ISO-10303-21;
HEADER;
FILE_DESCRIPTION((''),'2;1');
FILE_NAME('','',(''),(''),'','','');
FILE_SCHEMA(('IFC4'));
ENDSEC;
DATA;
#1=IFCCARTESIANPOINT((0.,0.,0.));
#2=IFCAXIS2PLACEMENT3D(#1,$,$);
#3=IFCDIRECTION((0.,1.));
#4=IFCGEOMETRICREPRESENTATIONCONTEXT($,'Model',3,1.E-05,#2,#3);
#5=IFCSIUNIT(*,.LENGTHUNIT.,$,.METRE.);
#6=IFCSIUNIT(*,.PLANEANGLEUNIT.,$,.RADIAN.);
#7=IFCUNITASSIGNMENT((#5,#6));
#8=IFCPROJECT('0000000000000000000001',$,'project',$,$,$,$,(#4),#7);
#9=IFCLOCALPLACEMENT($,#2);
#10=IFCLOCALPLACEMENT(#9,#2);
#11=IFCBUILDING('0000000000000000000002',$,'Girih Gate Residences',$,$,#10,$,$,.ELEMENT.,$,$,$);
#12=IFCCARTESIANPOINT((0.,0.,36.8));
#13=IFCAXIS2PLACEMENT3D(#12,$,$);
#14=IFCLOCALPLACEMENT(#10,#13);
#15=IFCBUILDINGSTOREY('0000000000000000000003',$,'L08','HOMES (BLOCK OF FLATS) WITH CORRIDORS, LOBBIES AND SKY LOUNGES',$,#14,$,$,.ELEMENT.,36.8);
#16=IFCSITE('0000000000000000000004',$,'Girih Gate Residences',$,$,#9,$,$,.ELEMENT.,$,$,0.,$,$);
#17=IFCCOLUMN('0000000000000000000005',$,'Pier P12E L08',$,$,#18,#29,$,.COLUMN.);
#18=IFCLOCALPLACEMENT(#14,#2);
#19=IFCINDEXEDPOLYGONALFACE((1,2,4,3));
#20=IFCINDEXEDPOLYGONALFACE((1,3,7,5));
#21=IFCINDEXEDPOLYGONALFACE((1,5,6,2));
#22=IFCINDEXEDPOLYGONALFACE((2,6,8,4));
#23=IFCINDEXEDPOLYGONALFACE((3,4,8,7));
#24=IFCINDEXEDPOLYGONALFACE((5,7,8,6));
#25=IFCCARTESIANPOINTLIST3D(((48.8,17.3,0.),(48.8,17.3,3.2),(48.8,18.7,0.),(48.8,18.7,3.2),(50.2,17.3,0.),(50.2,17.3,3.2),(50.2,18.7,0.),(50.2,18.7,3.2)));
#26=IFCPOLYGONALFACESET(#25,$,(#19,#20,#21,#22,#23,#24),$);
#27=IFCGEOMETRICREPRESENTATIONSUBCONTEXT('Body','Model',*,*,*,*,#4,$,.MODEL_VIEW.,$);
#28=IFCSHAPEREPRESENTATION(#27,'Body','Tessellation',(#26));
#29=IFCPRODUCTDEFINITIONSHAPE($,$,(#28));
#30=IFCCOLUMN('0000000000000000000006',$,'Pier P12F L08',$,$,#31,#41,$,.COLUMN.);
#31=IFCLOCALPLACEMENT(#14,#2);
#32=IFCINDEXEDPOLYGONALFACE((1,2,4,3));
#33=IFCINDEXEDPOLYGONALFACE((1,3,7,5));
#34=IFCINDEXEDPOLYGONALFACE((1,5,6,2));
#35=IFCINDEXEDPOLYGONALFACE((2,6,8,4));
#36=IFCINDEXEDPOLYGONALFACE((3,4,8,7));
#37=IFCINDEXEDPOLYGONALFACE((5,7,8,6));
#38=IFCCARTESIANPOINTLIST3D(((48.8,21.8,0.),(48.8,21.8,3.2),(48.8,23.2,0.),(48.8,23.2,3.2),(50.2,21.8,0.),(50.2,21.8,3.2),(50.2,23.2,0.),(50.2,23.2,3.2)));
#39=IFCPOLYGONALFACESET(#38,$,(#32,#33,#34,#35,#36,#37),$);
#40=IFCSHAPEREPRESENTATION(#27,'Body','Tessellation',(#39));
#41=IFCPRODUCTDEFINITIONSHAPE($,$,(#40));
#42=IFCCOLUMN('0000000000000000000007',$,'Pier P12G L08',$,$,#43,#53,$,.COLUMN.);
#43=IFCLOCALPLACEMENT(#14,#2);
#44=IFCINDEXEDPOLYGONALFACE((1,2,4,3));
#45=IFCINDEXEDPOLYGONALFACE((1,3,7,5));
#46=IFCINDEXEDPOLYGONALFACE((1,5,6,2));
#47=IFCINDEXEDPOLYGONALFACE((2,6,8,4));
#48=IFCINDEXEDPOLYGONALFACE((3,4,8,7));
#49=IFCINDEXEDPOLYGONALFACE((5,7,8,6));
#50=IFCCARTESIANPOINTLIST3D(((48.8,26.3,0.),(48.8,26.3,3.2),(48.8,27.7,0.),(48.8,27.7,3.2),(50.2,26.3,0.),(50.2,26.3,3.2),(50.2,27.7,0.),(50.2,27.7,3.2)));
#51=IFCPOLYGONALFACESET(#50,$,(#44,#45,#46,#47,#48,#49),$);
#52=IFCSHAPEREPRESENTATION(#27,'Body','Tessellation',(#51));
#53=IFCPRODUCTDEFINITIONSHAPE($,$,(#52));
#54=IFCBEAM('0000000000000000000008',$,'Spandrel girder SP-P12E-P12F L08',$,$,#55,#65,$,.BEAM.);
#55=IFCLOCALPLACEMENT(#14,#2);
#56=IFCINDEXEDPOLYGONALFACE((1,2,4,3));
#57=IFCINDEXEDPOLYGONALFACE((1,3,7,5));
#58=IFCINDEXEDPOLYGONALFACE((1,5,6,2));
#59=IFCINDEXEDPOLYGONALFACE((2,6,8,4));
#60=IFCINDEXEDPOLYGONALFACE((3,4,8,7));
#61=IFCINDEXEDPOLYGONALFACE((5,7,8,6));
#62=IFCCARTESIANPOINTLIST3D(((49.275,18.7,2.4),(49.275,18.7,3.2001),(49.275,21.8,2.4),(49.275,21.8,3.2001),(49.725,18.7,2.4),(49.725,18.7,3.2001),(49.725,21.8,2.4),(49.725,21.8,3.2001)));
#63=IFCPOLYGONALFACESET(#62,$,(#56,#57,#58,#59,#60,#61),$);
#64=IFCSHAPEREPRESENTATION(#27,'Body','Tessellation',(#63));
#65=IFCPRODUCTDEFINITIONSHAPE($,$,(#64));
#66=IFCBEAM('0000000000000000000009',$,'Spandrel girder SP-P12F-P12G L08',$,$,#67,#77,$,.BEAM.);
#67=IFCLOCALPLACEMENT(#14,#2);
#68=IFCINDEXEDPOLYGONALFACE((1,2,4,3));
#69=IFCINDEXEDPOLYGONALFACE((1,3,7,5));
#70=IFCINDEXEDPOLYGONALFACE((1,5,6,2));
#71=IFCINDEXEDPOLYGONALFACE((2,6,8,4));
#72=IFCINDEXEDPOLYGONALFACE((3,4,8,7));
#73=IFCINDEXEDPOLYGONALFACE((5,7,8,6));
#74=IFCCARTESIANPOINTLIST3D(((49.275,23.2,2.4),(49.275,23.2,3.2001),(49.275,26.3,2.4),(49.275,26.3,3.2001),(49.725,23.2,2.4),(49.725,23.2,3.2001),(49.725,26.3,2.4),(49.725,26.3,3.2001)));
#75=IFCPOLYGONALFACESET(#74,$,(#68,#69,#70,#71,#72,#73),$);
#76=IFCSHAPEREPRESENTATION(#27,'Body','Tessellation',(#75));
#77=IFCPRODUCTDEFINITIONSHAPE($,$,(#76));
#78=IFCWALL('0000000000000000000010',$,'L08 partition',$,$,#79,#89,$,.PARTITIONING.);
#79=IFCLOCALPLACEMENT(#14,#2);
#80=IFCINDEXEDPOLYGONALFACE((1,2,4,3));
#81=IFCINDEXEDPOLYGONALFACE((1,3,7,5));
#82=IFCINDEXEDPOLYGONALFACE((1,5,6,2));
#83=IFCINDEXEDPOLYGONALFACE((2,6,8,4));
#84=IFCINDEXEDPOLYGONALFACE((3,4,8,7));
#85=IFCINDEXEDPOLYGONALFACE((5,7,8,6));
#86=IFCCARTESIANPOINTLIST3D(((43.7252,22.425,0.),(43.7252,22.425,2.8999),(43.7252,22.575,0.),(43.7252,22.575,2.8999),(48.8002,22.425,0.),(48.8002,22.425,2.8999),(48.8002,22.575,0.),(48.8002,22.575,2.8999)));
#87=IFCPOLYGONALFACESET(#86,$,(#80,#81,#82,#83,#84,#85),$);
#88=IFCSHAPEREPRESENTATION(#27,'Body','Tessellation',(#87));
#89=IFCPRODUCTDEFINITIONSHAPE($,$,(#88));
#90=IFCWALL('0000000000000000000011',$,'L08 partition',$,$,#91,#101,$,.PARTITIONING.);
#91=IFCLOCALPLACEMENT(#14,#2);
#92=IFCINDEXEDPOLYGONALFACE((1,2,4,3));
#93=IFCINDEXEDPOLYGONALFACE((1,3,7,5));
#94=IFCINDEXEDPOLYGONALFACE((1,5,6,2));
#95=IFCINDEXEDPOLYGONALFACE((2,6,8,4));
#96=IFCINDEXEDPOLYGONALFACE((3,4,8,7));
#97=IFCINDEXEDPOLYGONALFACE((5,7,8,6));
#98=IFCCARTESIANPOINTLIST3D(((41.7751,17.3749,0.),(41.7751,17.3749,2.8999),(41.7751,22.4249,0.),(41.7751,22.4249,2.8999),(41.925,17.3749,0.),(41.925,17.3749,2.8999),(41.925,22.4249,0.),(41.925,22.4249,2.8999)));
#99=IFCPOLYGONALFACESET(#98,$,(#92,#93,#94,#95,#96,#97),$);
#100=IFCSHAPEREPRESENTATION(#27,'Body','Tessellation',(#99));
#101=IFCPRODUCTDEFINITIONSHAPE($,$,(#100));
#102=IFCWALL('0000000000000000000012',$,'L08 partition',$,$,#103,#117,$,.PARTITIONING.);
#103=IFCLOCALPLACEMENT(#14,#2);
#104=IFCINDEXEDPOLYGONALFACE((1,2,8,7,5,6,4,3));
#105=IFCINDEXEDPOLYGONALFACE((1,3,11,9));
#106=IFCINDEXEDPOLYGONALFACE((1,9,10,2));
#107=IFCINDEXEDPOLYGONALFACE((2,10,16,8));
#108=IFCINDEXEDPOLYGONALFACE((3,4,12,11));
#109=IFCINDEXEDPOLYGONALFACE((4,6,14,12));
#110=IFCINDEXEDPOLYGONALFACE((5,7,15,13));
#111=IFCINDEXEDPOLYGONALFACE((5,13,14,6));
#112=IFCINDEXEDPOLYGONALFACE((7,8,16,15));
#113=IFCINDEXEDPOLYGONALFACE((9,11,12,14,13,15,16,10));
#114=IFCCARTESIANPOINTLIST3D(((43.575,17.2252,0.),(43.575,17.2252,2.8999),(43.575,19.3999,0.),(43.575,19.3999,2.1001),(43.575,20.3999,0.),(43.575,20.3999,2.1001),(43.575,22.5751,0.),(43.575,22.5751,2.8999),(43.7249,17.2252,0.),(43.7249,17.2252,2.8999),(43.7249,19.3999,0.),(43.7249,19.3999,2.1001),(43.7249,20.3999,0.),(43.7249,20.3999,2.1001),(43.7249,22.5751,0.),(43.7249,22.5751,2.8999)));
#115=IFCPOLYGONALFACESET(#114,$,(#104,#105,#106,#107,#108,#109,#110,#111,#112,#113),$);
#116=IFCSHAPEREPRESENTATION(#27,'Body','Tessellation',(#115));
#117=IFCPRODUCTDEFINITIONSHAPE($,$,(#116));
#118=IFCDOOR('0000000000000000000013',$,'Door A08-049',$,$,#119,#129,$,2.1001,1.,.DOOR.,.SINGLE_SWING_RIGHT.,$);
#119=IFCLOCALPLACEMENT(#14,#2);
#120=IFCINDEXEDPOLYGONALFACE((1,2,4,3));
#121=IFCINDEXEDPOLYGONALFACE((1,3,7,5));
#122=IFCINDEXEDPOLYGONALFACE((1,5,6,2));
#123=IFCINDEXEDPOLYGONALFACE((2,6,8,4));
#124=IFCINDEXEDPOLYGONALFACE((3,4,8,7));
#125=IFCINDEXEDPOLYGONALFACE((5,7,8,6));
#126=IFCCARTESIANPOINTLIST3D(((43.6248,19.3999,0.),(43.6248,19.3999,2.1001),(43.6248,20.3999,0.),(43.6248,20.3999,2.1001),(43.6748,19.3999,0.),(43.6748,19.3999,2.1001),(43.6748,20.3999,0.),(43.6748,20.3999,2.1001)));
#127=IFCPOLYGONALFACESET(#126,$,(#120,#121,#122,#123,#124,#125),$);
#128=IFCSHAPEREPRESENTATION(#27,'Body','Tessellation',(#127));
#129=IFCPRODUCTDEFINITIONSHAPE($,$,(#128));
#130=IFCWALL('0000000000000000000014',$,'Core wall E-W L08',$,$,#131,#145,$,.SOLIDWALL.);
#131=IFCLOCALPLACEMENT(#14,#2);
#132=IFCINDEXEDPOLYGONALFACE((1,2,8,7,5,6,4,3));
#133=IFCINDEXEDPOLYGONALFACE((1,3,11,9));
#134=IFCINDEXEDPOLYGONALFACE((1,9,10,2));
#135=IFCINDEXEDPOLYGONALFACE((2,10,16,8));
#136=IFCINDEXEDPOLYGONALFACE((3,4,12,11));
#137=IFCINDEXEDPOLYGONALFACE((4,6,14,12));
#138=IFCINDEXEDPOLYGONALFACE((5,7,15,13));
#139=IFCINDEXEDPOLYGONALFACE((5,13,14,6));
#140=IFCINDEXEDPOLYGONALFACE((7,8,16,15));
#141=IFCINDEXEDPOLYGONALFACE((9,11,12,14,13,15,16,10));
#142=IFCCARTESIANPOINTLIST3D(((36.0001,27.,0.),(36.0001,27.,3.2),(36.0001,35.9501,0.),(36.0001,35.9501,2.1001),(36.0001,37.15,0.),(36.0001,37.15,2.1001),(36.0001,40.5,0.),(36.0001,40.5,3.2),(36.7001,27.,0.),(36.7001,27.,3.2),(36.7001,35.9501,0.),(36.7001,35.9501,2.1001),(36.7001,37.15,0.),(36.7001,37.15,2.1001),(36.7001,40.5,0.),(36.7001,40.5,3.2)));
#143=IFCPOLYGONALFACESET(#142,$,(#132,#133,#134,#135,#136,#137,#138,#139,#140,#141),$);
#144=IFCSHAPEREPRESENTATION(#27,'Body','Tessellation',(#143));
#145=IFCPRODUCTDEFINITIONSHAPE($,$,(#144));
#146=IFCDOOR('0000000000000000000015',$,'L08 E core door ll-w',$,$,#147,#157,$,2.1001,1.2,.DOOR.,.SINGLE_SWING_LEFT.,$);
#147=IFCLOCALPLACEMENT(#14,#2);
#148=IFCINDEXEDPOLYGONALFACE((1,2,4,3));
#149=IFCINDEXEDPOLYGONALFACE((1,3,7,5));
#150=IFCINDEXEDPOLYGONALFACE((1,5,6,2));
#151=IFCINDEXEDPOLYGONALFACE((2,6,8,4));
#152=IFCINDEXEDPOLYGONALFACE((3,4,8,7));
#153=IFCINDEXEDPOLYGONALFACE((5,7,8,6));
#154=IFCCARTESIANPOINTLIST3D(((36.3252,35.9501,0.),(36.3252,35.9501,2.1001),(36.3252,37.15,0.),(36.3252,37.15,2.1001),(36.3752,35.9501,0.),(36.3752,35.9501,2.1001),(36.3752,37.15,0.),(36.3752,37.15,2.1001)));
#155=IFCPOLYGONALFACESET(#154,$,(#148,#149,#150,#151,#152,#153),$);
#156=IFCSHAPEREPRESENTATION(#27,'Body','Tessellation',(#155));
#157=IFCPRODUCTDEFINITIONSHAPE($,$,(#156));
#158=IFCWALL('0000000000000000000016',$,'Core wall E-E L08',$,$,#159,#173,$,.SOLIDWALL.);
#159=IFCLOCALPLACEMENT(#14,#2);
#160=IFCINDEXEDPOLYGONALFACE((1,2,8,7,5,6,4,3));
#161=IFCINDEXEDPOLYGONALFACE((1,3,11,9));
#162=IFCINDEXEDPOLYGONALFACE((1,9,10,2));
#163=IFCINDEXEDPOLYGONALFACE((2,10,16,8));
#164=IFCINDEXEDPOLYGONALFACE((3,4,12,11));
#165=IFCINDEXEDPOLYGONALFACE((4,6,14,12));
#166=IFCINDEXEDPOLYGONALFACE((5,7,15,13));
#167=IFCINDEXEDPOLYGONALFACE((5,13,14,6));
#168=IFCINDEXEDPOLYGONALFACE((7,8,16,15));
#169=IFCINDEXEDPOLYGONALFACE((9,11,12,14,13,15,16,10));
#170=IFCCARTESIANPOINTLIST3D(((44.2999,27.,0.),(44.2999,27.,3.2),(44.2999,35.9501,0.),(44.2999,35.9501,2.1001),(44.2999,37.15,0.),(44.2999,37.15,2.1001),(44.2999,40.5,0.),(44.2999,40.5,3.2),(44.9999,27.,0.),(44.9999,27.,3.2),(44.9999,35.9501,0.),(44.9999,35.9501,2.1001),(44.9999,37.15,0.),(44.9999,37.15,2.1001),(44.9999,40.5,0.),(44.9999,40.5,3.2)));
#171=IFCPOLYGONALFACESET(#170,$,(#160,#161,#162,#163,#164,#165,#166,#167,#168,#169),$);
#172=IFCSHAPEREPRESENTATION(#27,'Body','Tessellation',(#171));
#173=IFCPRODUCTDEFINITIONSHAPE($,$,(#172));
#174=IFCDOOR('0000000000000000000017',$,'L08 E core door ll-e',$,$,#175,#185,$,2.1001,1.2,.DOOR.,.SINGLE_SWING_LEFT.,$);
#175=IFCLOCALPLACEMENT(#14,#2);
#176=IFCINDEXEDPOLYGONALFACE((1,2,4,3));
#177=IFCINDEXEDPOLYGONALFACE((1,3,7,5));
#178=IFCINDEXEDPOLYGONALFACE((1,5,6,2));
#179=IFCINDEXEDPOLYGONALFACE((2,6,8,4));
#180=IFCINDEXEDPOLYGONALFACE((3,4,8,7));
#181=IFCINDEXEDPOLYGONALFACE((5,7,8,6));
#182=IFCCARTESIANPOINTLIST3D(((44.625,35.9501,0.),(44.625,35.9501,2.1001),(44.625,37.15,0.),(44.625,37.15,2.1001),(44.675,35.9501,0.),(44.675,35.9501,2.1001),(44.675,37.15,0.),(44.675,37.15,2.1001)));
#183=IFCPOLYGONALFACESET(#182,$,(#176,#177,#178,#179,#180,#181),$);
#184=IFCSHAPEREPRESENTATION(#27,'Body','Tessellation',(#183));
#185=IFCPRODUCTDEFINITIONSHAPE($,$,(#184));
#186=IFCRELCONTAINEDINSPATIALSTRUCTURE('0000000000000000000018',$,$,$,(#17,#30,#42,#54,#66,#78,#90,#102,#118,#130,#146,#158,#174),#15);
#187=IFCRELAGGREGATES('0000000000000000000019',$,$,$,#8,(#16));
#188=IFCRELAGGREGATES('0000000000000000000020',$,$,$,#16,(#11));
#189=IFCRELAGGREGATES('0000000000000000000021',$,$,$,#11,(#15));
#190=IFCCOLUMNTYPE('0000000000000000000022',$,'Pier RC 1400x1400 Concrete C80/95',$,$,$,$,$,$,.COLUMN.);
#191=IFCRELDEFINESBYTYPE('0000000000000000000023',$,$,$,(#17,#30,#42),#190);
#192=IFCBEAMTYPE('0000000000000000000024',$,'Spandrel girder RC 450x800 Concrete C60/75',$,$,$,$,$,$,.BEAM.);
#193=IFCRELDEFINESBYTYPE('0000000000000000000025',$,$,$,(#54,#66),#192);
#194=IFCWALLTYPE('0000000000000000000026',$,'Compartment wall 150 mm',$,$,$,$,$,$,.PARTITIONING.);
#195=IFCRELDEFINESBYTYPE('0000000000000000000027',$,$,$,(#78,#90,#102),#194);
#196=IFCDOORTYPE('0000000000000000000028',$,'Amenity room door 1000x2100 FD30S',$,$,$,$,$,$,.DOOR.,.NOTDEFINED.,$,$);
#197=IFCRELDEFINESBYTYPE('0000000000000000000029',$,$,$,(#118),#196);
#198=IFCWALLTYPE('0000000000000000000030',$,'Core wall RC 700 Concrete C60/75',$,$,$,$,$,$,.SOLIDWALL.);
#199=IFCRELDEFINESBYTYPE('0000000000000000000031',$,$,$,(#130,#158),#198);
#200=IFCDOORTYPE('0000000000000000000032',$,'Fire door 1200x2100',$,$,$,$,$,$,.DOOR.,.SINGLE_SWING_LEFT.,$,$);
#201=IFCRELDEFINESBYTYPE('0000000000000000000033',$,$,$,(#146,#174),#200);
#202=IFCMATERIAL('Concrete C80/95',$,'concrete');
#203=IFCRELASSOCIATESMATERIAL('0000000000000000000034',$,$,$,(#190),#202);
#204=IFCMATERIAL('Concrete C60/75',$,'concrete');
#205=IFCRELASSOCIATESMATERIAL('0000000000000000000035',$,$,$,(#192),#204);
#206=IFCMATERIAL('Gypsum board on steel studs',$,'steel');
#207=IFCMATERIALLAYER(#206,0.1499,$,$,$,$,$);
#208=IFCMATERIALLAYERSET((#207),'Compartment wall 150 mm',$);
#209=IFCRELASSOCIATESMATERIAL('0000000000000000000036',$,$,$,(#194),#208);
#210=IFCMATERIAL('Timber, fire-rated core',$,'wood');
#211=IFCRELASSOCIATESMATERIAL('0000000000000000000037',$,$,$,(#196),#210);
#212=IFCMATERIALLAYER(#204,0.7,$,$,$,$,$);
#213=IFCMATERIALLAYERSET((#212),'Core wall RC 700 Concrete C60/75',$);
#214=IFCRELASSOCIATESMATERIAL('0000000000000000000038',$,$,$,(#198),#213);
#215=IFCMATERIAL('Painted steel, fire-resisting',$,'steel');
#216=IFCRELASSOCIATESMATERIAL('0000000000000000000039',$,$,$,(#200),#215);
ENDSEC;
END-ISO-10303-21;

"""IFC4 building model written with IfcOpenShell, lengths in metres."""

from ifc_helpers import new_model, si_unit, direction, frame, frame_2d, origin, origin_2d, place, context, subcontext, project, spatial, rectangle, extrude, material, layer, layer_set, material_profile, profile_set, type_object, element, fill, save


model = new_model("IFC4")

# Units and contexts
model_context = context("Model", 3, precision=1e-05, world=origin(), true_north=direction((0.0, 1.0)))
body_context = subcontext(model_context, "Body", "Model", "MODEL_VIEW")
ifc_project = project(units=[si_unit("LENGTHUNIT", "METRE"), si_unit("PLANEANGLEUNIT", "RADIAN")], contexts=[model_context])

# Site, building, storey
site_placement = place(None, origin())
site = spatial("IfcSite", under=ifc_project, at=site_placement, Name="Girih Gate Residences", CompositionType="ELEMENT", RefElevation=0.0)
building_placement = place(site_placement, origin())
building = spatial("IfcBuilding", under=site, at=building_placement, Name="Girih Gate Residences", CompositionType="ELEMENT")
storey_placement = place(building_placement, frame((0.0, 0.0, 36.8)))
storey = spatial("IfcBuildingStorey", under=building, at=storey_placement, Name="L08", Description="HOMES (BLOCK OF FLATS) WITH CORRIDORS, LOBBIES AND SKY LOUNGES", CompositionType="ELEMENT", Elevation=36.8)

# Columns
ifc_material_1 = material(Name="Concrete C80/95", Category="concrete")
ifc_material_profile_1 = material_profile(ifc_material_1, rectangle(XDim=1.3999, YDim=1.3999, at=origin_2d()))
ifc_profile_set_1 = profile_set([ifc_material_profile_1], Name="Concrete C80/95")
column_type = type_object("IfcColumnType", Name="Pier RC 1400x1400 Concrete C80/95", PredefinedType="COLUMN", material=ifc_profile_set_1)
for number, where, z_axis, x_axis, name in (
    (1, (49.5, 18.0, 0.0), (0.0, 0.0, 1.0), (1.0, 0.0, 0.0), "Pier P12E L08"),
    (2, (49.5, 22.5, 0.0), (0.0, 0.0, 1.0), (1.0, 0.0, 0.0), "Pier P12F L08"),
    (3, (49.5, 27.0, 0.0), (0.0, 0.0, 1.0), (1.0, 0.0, 0.0), "Pier P12G L08"),
):
    element("IfcColumn", number, at=place(storey_placement, frame(where, z_axis=z_axis, x_axis=x_axis)), inside=storey, type_object=column_type, Name=name, PredefinedType="COLUMN", context=body_context, shape_type="SweptSolid", body=[
        extrude(rectangle(XDim=1.3999, YDim=1.3999, at=origin_2d()), origin(), (0.0, 0.0, 1.0), 3.2),
    ])

# Beams
ifc_material_2 = material(Name="Concrete C60/75", Category="concrete")
ifc_material_profile_2 = material_profile(ifc_material_2, rectangle(XDim=0.45, YDim=0.8, at=origin_2d()))
ifc_profile_set_2 = profile_set([ifc_material_profile_2], Name="Concrete C60/75")
beam_type = type_object("IfcBeamType", Name="Spandrel girder RC 450x800 Concrete C60/75", PredefinedType="BEAM", material=ifc_profile_set_2)
for number, where, z_axis, x_axis, name in (
    (4, (49.5, 18.7, 2.8), (0.0, 1.0, 0.0), (-1.0, 0.0, 0.0), "Spandrel girder SP-P12E-P12F L08"),
    (5, (49.5, 23.2, 2.8), (0.0, 1.0, 0.0), (-1.0, 0.0, 0.0), "Spandrel girder SP-P12F-P12G L08"),
):
    element("IfcBeam", number, at=place(storey_placement, frame(where, z_axis=z_axis, x_axis=x_axis)), inside=storey, type_object=beam_type, Name=name, PredefinedType="BEAM", context=body_context, shape_type="SweptSolid", body=[
        extrude(rectangle(XDim=0.45, YDim=0.8, at=origin_2d()), origin(), (0.0, 0.0, 1.0), 3.1001),
    ])

# Walls
ifc_material_3 = material(Name="Gypsum board on steel studs", Category="steel")
ifc_layer_1 = layer(ifc_material_3, 0.1499)
ifc_layer_set_1 = layer_set([ifc_layer_1], Name="Compartment wall 150 mm")
wall_type_1 = type_object("IfcWallType", Name="Compartment wall 150 mm", PredefinedType="PARTITIONING", material=ifc_layer_set_1)
wall_1_placement = place(storey_placement, frame((43.7251, 22.5, 0.0), z_axis=(0.0, 0.0, 1.0), x_axis=(1.0, 0.0, 0.0)))
element("IfcWall", 6, at=wall_1_placement, inside=storey, type_object=wall_type_1, Name="L08 partition", PredefinedType="PARTITIONING", context=body_context, shape_type="SweptSolid", body=[
    extrude(rectangle(XDim=5.075, YDim=0.1499, at=frame_2d((2.5376, 0.0))), origin(), (0.0, 0.0, 1.0), 2.8999),
])
wall_2_placement = place(storey_placement, frame((41.8501, 17.375, 0.0), z_axis=(0.0, 0.0, 1.0), x_axis=(0.0, 1.0, 0.0)))
element("IfcWall", 7, at=wall_2_placement, inside=storey, type_object=wall_type_1, Name="L08 partition", PredefinedType="PARTITIONING", context=body_context, shape_type="SweptSolid", body=[
    extrude(rectangle(XDim=5.05, YDim=0.1499, at=frame_2d((2.5249, 0.0))), origin(), (0.0, 0.0, 1.0), 2.8999),
])

# Walls, openings, doors
wall_3_placement = place(storey_placement, frame((43.6499, 22.575, 0.0), z_axis=(0.0, 0.0, 1.0), x_axis=(0.0, -1.0, 0.0)))
wall_3 = element("IfcWall", 8, at=wall_3_placement, inside=storey, type_object=wall_type_1, Name="L08 partition", PredefinedType="PARTITIONING", context=body_context, shape_type="SweptSolid", body=[
    extrude(rectangle(XDim=5.3499, YDim=0.1499, at=frame_2d((2.6748, 0.0))), origin(), (0.0, 0.0, 1.0), 2.8999),
])
opening_1_placement = place(wall_3_placement, frame((2.175, 0.0, 0.0)))
opening_1 = element("IfcOpeningElement", 9, at=opening_1_placement, cuts=wall_3, PredefinedType="OPENING", context=body_context, shape_type="SweptSolid", body=[
    extrude(rectangle(XDim=1.0, YDim=2.1001, at=frame_2d((0.5, 1.05))), frame((0.0, 0.085, 0.0), z_axis=(0.0, -1.0, 0.0), x_axis=(1.0, 0.0, 0.0)), (0.0, 0.0, 1.0), 0.1699),
])
ifc_material_4 = material(Name="Timber, fire-rated core", Category="wood")
door_type_1 = type_object("IfcDoorType", Name="Amenity room door 1000x2100 FD30S", OperationType="NOTDEFINED", PredefinedType="DOOR", material=ifc_material_4)
door_1_placement = place(opening_1_placement, origin())
door_1 = element("IfcDoor", 10, at=door_1_placement, inside=storey, type_object=door_type_1, Name="Door A08-049", OperationType="SINGLE_SWING_RIGHT", OverallHeight=2.1001, OverallWidth=1.0, PredefinedType="DOOR", context=body_context, shape_type="SweptSolid", body=[
    extrude(rectangle(XDim=1.0, YDim=2.1001, at=frame_2d((0.5, 1.05))), frame((0.0, 0.0249, 0.0), z_axis=(0.0, -1.0, 0.0), x_axis=(1.0, 0.0, 0.0)), (0.0, 0.0, 1.0), 0.05),
])
fill(opening_1, door_1)
ifc_layer_2 = layer(ifc_material_2, 0.7)
ifc_layer_set_2 = layer_set([ifc_layer_2], Name="Core wall RC 700 Concrete C60/75")
wall_type_2 = type_object("IfcWallType", Name="Core wall RC 700 Concrete C60/75", PredefinedType="SOLIDWALL", material=ifc_layer_set_2)
wall_4_placement = place(storey_placement, frame((36.3501, 27.0, 0.0), z_axis=(0.0, 0.0, 1.0), x_axis=(0.0, 1.0, 0.0)))
wall_4 = element("IfcWall", 11, at=wall_4_placement, inside=storey, type_object=wall_type_2, Name="Core wall E-W L08", PredefinedType="SOLIDWALL", context=body_context, shape_type="SweptSolid", body=[
    extrude(rectangle(XDim=13.5, YDim=0.7, at=frame_2d((6.75, 0.0))), origin(), (0.0, 0.0, 1.0), 3.2),
])
opening_2_placement = place(wall_4_placement, frame((8.95, 0.0, 0.0)))
opening_2 = element("IfcOpeningElement", 12, at=opening_2_placement, cuts=wall_4, PredefinedType="OPENING", context=body_context, shape_type="SweptSolid", body=[
    extrude(rectangle(XDim=1.2, YDim=2.1001, at=frame_2d((0.6001, 1.05))), frame((0.0, 0.3599, 0.0), z_axis=(0.0, -1.0, 0.0), x_axis=(1.0, 0.0, 0.0)), (0.0, 0.0, 1.0), 0.72),
])
ifc_material_5 = material(Name="Painted steel, fire-resisting", Category="steel")
door_type_2 = type_object("IfcDoorType", Name="Fire door 1200x2100", OperationType="SINGLE_SWING_LEFT", PredefinedType="DOOR", material=ifc_material_5)
door_2_placement = place(opening_2_placement, origin())
door_2 = element("IfcDoor", 13, at=door_2_placement, inside=storey, type_object=door_type_2, Name="L08 E core door ll-w", OperationType="SINGLE_SWING_LEFT", OverallHeight=2.1001, OverallWidth=1.2, PredefinedType="DOOR", context=body_context, shape_type="SweptSolid", body=[
    extrude(rectangle(XDim=1.2, YDim=2.1001, at=frame_2d((0.6001, 1.05))), frame((0.0, 0.0249, 0.0), z_axis=(0.0, -1.0, 0.0), x_axis=(1.0, 0.0, 0.0)), (0.0, 0.0, 1.0), 0.05),
])
fill(opening_2, door_2)
wall_5_placement = place(storey_placement, frame((44.6499, 27.0, 0.0), z_axis=(0.0, 0.0, 1.0), x_axis=(0.0, 1.0, 0.0)))
wall_5 = element("IfcWall", 14, at=wall_5_placement, inside=storey, type_object=wall_type_2, Name="Core wall E-E L08", PredefinedType="SOLIDWALL", context=body_context, shape_type="SweptSolid", body=[
    extrude(rectangle(XDim=13.5, YDim=0.7, at=frame_2d((6.75, 0.0))), origin(), (0.0, 0.0, 1.0), 3.2),
])
opening_3_placement = place(wall_5_placement, frame((8.95, 0.0, 0.0)))
opening_3 = element("IfcOpeningElement", 15, at=opening_3_placement, cuts=wall_5, PredefinedType="OPENING", context=body_context, shape_type="SweptSolid", body=[
    extrude(rectangle(XDim=1.2, YDim=2.1001, at=frame_2d((0.6001, 1.05))), frame((0.0, 0.3599, 0.0), z_axis=(0.0, -1.0, 0.0), x_axis=(1.0, 0.0, 0.0)), (0.0, 0.0, 1.0), 0.72),
])
door_3_placement = place(opening_3_placement, origin())
door_3 = element("IfcDoor", 16, at=door_3_placement, inside=storey, type_object=door_type_2, Name="L08 E core door ll-e", OperationType="SINGLE_SWING_LEFT", OverallHeight=2.1001, OverallWidth=1.2, PredefinedType="DOOR", context=body_context, shape_type="SweptSolid", body=[
    extrude(rectangle(XDim=1.2, YDim=2.1001, at=frame_2d((0.6001, 1.05))), frame((0.0, 0.0249, 0.0), z_axis=(0.0, -1.0, 0.0), x_axis=(1.0, 0.0, 0.0)), (0.0, 0.0, 1.0), 0.05),
])
fill(opening_3, door_3)

save(model, "model.ifc")
